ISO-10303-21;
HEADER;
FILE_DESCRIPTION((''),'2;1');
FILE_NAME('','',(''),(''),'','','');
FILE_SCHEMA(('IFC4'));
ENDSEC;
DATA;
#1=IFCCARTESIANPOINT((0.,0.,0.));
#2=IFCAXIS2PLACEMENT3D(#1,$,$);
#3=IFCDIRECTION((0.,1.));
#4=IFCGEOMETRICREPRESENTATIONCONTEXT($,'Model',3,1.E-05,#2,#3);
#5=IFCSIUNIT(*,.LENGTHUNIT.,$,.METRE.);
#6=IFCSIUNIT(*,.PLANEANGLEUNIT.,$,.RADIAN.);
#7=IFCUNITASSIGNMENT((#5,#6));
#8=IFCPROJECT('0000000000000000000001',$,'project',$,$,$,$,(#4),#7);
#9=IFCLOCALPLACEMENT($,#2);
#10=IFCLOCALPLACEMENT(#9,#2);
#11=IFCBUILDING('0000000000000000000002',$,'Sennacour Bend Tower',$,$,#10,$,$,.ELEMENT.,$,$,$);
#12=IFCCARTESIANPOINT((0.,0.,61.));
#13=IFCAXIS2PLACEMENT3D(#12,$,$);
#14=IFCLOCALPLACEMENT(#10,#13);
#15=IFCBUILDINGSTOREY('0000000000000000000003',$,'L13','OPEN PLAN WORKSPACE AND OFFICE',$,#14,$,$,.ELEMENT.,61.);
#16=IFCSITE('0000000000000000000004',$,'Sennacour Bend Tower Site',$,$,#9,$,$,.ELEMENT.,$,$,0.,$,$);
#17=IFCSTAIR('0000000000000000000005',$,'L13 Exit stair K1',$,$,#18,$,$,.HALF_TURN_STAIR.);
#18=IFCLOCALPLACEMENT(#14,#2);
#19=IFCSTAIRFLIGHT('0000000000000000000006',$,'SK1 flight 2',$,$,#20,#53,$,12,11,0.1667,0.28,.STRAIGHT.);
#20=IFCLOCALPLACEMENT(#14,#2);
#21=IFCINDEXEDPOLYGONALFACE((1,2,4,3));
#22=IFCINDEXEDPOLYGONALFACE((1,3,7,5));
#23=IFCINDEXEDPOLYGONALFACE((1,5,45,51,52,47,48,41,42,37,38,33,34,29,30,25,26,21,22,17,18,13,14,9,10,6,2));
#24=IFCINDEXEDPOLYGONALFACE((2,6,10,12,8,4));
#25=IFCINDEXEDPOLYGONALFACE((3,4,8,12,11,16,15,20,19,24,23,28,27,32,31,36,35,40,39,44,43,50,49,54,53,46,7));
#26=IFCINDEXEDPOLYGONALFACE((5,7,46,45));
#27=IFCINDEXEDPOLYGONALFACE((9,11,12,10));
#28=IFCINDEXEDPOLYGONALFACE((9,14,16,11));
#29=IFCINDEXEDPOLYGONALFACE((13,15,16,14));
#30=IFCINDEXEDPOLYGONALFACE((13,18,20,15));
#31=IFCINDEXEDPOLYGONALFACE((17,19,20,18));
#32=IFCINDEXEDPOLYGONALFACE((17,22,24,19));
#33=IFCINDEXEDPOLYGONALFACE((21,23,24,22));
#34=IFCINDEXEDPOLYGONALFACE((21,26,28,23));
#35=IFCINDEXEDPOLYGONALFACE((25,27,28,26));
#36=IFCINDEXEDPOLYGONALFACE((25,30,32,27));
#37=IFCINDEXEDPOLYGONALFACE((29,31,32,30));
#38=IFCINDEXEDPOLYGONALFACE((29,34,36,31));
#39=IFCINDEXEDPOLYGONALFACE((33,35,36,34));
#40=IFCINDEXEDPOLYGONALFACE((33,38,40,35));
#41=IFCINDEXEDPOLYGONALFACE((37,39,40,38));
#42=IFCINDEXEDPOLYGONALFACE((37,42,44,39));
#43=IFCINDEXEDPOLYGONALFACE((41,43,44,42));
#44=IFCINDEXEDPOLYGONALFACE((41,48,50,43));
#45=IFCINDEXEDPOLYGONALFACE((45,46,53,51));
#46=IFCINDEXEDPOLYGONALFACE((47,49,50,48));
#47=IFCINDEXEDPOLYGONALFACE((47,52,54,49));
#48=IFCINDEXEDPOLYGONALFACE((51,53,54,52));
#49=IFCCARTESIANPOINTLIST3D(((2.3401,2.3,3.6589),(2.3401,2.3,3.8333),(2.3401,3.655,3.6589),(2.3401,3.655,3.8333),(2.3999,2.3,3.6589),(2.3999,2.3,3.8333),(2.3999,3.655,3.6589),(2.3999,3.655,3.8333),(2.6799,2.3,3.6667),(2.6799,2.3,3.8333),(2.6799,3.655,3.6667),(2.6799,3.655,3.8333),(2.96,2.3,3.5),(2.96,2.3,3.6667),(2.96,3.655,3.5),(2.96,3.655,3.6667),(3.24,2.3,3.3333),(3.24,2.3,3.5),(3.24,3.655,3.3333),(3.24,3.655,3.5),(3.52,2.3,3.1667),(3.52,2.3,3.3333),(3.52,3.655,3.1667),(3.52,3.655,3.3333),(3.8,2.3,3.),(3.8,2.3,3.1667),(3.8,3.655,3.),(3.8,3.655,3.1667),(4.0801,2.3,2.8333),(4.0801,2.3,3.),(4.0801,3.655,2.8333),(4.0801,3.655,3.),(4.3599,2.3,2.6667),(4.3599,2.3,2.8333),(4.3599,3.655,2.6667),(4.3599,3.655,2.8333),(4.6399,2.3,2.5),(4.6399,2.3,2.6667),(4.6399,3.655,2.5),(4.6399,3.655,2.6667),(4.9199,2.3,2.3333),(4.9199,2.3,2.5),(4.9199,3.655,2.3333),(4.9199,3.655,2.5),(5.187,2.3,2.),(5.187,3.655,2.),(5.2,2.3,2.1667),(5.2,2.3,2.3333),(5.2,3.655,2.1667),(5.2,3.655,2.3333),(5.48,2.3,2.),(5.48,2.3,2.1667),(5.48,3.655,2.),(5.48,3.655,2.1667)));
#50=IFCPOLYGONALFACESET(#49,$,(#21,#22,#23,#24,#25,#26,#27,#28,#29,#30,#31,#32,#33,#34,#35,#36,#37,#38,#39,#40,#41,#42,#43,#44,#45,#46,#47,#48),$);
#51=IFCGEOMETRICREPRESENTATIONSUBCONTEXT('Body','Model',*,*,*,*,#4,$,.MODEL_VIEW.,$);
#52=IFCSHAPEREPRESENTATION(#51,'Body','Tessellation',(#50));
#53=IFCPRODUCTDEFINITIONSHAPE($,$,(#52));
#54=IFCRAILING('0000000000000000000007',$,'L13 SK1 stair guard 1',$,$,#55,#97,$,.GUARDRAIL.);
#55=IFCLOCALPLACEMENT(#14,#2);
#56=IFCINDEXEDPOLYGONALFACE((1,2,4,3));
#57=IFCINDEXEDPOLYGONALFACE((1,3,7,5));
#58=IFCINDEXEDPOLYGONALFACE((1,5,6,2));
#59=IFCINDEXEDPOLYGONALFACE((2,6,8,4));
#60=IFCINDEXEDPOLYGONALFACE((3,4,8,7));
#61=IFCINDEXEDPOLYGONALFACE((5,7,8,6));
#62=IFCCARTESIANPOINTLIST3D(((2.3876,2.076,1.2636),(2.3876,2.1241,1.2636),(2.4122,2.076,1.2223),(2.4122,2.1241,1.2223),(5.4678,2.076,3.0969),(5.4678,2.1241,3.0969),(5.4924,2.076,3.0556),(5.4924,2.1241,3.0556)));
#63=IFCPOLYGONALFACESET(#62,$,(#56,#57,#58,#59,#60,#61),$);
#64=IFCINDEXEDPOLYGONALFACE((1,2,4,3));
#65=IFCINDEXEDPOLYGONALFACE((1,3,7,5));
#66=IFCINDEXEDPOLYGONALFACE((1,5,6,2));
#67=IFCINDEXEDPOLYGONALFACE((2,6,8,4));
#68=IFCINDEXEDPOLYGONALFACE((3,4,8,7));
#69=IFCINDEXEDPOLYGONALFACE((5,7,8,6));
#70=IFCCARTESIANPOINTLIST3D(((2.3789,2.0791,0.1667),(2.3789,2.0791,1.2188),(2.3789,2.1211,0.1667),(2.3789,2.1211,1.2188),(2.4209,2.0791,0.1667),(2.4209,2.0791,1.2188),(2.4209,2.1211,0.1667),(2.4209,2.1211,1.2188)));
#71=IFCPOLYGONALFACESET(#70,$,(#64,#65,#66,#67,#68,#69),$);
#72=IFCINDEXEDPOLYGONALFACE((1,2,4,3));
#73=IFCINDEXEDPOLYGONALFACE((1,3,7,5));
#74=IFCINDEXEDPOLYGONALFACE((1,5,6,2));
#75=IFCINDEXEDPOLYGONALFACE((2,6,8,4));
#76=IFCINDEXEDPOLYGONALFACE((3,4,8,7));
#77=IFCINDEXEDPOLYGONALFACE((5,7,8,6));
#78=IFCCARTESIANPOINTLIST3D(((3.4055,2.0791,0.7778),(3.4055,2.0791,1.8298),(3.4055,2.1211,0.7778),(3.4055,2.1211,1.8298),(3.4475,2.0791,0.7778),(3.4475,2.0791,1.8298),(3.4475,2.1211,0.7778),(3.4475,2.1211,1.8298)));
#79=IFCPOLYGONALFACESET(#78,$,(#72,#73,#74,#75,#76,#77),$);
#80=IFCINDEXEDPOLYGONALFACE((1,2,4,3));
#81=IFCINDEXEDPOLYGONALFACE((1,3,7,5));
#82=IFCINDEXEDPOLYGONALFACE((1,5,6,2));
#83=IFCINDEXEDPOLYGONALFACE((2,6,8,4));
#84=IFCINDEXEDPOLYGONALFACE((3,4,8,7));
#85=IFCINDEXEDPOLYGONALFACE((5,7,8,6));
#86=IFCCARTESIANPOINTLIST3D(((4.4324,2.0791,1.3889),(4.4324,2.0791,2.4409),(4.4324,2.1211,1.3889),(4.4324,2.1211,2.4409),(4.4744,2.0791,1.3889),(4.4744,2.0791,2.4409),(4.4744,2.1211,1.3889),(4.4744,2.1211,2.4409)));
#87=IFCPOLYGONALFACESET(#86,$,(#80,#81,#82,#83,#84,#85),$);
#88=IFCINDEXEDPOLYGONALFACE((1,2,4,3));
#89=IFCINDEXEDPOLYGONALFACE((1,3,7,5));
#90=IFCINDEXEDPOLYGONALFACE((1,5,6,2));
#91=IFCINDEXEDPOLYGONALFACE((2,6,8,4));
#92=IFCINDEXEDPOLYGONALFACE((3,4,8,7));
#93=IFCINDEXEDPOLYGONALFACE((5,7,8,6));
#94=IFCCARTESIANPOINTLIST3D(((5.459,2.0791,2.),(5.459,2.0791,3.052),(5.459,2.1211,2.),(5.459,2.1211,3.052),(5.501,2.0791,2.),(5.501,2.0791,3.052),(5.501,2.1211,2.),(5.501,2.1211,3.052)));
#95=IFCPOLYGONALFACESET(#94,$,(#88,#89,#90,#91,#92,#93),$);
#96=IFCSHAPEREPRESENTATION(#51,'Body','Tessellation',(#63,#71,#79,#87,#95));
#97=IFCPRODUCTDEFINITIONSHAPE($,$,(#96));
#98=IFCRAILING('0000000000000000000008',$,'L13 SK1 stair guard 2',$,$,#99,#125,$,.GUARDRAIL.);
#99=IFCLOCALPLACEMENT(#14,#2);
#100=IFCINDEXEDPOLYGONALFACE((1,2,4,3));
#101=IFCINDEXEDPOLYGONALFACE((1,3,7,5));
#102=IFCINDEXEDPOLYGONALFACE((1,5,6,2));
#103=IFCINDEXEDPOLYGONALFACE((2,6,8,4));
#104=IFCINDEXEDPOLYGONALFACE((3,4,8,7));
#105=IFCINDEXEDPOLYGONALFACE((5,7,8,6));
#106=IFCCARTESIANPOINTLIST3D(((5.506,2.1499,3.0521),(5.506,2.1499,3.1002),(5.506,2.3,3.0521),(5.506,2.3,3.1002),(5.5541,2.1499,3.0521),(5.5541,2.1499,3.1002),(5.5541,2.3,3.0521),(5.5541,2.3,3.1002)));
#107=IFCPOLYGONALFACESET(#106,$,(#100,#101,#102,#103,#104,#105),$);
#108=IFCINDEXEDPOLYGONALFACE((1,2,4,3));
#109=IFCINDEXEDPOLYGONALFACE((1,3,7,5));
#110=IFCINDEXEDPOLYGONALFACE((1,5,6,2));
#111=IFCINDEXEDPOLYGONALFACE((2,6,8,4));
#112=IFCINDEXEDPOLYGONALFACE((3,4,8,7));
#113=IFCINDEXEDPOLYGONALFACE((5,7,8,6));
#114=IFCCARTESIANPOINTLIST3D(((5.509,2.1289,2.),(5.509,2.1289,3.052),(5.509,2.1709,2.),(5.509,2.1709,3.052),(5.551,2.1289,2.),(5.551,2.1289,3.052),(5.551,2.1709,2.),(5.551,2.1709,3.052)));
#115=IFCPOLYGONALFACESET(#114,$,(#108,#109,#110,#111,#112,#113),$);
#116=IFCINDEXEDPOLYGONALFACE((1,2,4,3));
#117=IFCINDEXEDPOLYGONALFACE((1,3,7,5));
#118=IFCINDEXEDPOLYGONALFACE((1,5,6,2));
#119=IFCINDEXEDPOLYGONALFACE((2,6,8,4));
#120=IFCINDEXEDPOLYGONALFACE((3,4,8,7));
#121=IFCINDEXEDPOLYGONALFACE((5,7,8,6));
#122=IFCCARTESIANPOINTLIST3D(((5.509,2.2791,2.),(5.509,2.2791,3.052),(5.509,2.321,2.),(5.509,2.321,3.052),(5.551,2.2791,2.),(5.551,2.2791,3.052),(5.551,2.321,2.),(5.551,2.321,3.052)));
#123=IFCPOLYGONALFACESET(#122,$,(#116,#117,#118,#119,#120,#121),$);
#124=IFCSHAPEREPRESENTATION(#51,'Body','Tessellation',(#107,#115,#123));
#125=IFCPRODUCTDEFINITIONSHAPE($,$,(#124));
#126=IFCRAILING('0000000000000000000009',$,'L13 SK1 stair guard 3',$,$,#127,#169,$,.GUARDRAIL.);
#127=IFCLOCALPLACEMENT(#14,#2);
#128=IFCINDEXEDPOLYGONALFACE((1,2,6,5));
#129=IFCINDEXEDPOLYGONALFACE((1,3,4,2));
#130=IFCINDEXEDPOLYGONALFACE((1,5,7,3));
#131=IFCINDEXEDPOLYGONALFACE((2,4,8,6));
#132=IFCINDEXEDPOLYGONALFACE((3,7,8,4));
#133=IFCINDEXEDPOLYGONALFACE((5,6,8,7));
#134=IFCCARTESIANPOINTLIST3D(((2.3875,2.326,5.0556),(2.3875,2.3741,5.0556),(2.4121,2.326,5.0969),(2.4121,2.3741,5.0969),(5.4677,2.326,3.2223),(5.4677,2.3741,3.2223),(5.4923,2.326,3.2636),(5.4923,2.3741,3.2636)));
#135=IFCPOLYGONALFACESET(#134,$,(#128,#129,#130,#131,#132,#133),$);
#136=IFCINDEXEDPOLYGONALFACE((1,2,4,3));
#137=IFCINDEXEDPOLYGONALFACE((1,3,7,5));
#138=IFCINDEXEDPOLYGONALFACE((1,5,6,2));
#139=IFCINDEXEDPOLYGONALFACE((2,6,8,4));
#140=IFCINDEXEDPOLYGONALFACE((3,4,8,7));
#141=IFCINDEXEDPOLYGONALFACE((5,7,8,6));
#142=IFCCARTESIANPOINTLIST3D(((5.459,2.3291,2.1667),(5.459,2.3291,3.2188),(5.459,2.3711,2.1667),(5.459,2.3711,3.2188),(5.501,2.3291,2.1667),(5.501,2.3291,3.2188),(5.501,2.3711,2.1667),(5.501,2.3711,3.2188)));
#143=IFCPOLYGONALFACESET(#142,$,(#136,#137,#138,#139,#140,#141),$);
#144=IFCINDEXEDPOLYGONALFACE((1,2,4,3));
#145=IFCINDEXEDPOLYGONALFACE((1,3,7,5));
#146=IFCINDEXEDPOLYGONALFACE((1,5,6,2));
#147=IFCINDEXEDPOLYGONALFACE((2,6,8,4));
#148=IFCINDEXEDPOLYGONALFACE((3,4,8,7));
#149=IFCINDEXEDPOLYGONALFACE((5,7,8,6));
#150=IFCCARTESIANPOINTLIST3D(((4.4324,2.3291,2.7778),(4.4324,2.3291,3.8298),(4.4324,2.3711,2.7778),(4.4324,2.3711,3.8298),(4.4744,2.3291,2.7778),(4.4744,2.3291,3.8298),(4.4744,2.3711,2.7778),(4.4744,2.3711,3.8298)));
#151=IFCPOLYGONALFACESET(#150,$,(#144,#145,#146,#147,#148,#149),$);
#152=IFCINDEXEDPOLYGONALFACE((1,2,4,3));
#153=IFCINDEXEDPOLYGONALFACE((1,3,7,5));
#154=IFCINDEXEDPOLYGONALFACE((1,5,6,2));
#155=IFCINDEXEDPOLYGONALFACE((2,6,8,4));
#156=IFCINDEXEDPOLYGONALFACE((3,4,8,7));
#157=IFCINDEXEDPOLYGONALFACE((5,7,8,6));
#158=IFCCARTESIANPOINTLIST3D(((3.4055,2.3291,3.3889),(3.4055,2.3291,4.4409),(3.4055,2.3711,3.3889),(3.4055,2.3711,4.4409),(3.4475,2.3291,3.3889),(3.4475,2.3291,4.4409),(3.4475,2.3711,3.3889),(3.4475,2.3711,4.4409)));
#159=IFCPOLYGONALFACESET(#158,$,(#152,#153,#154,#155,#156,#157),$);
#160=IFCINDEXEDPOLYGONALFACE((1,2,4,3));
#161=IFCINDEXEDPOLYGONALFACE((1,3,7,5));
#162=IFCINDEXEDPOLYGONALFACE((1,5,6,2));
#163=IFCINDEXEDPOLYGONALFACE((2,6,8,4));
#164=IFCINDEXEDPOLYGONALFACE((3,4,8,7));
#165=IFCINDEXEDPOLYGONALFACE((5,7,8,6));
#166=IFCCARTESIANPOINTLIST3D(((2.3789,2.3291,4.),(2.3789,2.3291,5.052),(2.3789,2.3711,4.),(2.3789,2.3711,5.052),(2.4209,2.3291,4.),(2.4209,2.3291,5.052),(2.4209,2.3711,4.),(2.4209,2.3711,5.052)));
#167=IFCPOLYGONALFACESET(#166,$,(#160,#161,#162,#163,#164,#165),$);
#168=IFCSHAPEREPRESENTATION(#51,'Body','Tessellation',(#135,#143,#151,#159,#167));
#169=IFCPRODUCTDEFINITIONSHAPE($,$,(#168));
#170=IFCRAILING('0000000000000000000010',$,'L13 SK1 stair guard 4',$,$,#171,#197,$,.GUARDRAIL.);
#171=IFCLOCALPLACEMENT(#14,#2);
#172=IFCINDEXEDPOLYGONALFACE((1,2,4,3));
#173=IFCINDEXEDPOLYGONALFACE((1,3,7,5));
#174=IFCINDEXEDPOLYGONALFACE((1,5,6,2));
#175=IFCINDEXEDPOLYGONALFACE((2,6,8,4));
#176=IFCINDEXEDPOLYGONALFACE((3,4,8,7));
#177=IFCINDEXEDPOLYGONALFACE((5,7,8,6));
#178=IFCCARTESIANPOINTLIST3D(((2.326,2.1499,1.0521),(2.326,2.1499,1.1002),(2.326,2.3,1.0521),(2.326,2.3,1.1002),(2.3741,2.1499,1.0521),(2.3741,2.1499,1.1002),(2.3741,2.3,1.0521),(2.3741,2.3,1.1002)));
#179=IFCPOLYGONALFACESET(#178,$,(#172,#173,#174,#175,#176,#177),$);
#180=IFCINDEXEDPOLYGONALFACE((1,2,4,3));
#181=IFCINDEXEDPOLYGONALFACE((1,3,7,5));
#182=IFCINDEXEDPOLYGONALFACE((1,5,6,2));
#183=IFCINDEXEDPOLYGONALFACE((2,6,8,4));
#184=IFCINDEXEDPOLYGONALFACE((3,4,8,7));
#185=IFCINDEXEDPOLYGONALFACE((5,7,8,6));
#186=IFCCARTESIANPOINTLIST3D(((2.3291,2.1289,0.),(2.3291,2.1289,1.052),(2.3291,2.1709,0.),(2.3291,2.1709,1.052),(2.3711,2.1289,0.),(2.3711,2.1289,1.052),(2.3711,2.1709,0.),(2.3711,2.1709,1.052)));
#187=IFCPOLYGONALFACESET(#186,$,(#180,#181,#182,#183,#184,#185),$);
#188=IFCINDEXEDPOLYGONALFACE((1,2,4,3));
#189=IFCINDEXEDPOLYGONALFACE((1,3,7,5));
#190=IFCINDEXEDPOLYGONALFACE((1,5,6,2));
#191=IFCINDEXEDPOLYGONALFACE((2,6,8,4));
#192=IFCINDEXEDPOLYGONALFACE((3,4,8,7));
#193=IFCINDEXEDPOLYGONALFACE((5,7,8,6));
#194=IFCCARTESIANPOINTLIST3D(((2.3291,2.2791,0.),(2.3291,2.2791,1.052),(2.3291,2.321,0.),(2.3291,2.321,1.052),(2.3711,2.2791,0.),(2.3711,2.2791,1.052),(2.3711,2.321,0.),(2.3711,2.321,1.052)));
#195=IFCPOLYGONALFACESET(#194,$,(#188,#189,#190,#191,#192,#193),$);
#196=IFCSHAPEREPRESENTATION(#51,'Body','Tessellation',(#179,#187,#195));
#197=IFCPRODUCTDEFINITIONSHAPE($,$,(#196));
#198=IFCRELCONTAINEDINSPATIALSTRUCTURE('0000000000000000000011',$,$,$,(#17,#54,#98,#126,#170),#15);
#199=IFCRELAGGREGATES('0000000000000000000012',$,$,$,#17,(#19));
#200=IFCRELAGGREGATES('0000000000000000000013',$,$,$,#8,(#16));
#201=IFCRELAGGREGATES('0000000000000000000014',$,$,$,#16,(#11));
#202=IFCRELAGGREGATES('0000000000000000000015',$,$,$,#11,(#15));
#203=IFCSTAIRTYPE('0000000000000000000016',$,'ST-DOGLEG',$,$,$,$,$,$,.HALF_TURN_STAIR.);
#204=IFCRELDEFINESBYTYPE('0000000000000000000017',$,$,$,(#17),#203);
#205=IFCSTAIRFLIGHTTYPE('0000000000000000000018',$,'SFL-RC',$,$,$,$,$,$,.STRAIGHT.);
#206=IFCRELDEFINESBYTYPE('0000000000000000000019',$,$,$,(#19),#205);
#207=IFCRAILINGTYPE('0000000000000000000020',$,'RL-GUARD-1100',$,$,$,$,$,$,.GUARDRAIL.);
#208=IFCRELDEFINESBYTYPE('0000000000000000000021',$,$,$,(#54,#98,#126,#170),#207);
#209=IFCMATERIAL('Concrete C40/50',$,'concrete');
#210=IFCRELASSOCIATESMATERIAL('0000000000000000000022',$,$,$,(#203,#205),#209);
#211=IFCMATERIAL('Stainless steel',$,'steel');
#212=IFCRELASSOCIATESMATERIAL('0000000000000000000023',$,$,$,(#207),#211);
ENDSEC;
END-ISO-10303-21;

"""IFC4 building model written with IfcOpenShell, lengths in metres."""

from ifc_helpers import new_model, si_unit, direction, frame, origin, origin_2d, place, context, subcontext, project, spatial, polyline, rectangle, outline, extrude, material, type_object, element, aggregate, save


model = new_model("IFC4")

# Units and contexts
model_context = context("Model", 3, precision=1e-05, world=origin(), true_north=direction((0.0, 1.0)))
body_context = subcontext(model_context, "Body", "Model", "MODEL_VIEW")
ifc_project = project(units=[si_unit("LENGTHUNIT", "METRE"), si_unit("PLANEANGLEUNIT", "RADIAN")], contexts=[model_context])

# Site, building, storey
site_placement = place(None, origin())
site = spatial("IfcSite", under=ifc_project, at=site_placement, Name="Sennacour Bend Tower Site", CompositionType="ELEMENT", RefElevation=0.0)
building_placement = place(site_placement, origin())
building = spatial("IfcBuilding", under=site, at=building_placement, Name="Sennacour Bend Tower", CompositionType="ELEMENT")
storey_placement = place(building_placement, frame((0.0, 0.0, 61.0)))
storey = spatial("IfcBuildingStorey", under=building, at=storey_placement, Name="L13", Description="OPEN PLAN WORKSPACE AND OFFICE", CompositionType="ELEMENT", Elevation=61.0)

# Stair, stair flight
ifc_material_1 = material(Name="Concrete C40/50", Category="concrete")
stair_type = type_object("IfcStairType", Name="ST-DOGLEG", PredefinedType="HALF_TURN_STAIR", material=ifc_material_1)
stair_placement = place(storey_placement, origin())
stair = element("IfcStair", 1, at=stair_placement, inside=storey, type_object=stair_type, Name="L13 Exit stair K1", PredefinedType="HALF_TURN_STAIR")
stair_flight_type = type_object("IfcStairFlightType", Name="SFL-RC", PredefinedType="STRAIGHT", material=ifc_material_1)
stair_flight_1_placement = place(storey_placement, frame((5.48, 2.9775, 2.0), z_axis=(0.0, 0.0, 1.0), x_axis=(-1.0, 0.0, 0.0)))
stair_flight_1 = element("IfcStairFlight", 2, at=stair_flight_1_placement, type_object=stair_flight_type, Name="SK1 flight 2", NumberOfRisers=12, NumberOfTreads=11, PredefinedType="STRAIGHT", RiserHeight=0.1667, TreadLength=0.28, context=body_context, shape_type="SweptSolid", body=[
    extrude(outline(polyline([(0.0, 0.0), (0.0, 0.1667), (0.28, 0.1667), (0.28, 0.3333), (0.5601, 0.3333), (0.5601, 0.5), (0.8401, 0.5), (0.8401, 0.6667), (1.1201, 0.6667), (1.1201, 0.8333), (1.3999, 0.8333), (1.3999, 1.0), (1.6799, 1.0), (1.6799, 1.1667), (1.96, 1.1667), (1.96, 1.3333), (2.24, 1.3333), (2.24, 1.5), (2.52, 1.5), (2.52, 1.6667), (2.8, 1.6667), (2.8, 1.8333), (3.0801, 1.8333), (3.1399, 1.8333), (3.1399, 1.6589), (3.0801, 1.6589), (0.293, 0.0), (0.0, 0.0)])), frame((0.0, 0.6775, 0.0), z_axis=(0.0, -1.0, 0.0), x_axis=(1.0, 0.0, 0.0)), (0.0, 0.0, 1.0), 1.355),
])
aggregate(stair, [stair_flight_1])

# Railings
ifc_material_2 = material(Name="Stainless steel", Category="steel")
railing_type_1 = type_object("IfcRailingType", Name="RL-GUARD-1100", PredefinedType="GUARDRAIL", material=ifc_material_2)
railing_1_placement = place(storey_placement, frame((2.3999, 2.1001, 0.1667)))
element("IfcRailing", 3, at=railing_1_placement, inside=storey, type_object=railing_type_1, Name="L13 SK1 stair guard 1", PredefinedType="GUARDRAIL", context=body_context, shape_type="SweptSolid", body=[
    extrude(rectangle(XDim=0.0481, YDim=0.0481, at=origin_2d()), frame((0.0, 0.0, 1.0762), z_axis=(0.859309, 0.0, 0.511458), x_axis=(0.0, 1.0, 0.0)), (0.0, 0.0, 1.0), 3.5845),
    extrude(rectangle(XDim=0.042, YDim=0.042, at=origin_2d()), origin(), (0.0, 0.0, 1.0), 1.052),
    extrude(rectangle(XDim=0.042, YDim=0.042, at=origin_2d()), frame((1.0266, 0.0, 0.6111)), (0.0, 0.0, 1.0), 1.052),
    extrude(rectangle(XDim=0.042, YDim=0.042, at=origin_2d()), frame((2.0535, 0.0, 1.2222)), (0.0, 0.0, 1.0), 1.052),
    extrude(rectangle(XDim=0.042, YDim=0.042, at=origin_2d()), frame((3.0801, 0.0, 1.8333)), (0.0, 0.0, 1.0), 1.052),
])
railing_2_placement = place(storey_placement, frame((5.53, 2.1499, 2.0)))
element("IfcRailing", 4, at=railing_2_placement, inside=storey, type_object=railing_type_1, Name="L13 SK1 stair guard 2", PredefinedType="GUARDRAIL", context=body_context, shape_type="SweptSolid", body=[
    extrude(rectangle(XDim=0.0481, YDim=0.0481, at=origin_2d()), frame((0.0, 0.0, 1.0762), z_axis=(0.0, 1.0, 0.0), x_axis=(-1.0, 0.0, 0.0)), (0.0, 0.0, 1.0), 0.1501),
    extrude(rectangle(XDim=0.042, YDim=0.042, at=origin_2d()), origin(), (0.0, 0.0, 1.0), 1.052),
    extrude(rectangle(XDim=0.042, YDim=0.042, at=origin_2d()), frame((0.0, 0.1501, 0.0)), (0.0, 0.0, 1.0), 1.052),
])
railing_3_placement = place(storey_placement, frame((5.48, 2.3501, 2.1667)))
element("IfcRailing", 5, at=railing_3_placement, inside=storey, type_object=railing_type_1, Name="L13 SK1 stair guard 3", PredefinedType="GUARDRAIL", context=body_context, shape_type="SweptSolid", body=[
    extrude(rectangle(XDim=0.0481, YDim=0.0481, at=origin_2d()), frame((0.0, 0.0, 1.0762), z_axis=(-0.859309, 0.0, 0.511458), x_axis=(0.0, -1.0, 0.0)), (0.0, 0.0, 1.0), 3.5845),
    extrude(rectangle(XDim=0.042, YDim=0.042, at=origin_2d()), origin(), (0.0, 0.0, 1.0), 1.052),
    extrude(rectangle(XDim=0.042, YDim=0.042, at=origin_2d()), frame((-1.0266, 0.0, 0.6111)), (0.0, 0.0, 1.0), 1.052),
    extrude(rectangle(XDim=0.042, YDim=0.042, at=origin_2d()), frame((-2.0535, 0.0, 1.2222)), (0.0, 0.0, 1.0), 1.052),
    extrude(rectangle(XDim=0.042, YDim=0.042, at=origin_2d()), frame((-3.0801, 0.0, 1.8333)), (0.0, 0.0, 1.0), 1.052),
])
railing_4_placement = place(storey_placement, frame((2.3501, 2.1499, 0.0)))
element("IfcRailing", 6, at=railing_4_placement, inside=storey, type_object=railing_type_1, Name="L13 SK1 stair guard 4", PredefinedType="GUARDRAIL", context=body_context, shape_type="SweptSolid", body=[
    extrude(rectangle(XDim=0.0481, YDim=0.0481, at=origin_2d()), frame((0.0, 0.0, 1.0762), z_axis=(0.0, 1.0, 0.0), x_axis=(-1.0, 0.0, 0.0)), (0.0, 0.0, 1.0), 0.1501),
    extrude(rectangle(XDim=0.042, YDim=0.042, at=origin_2d()), origin(), (0.0, 0.0, 1.0), 1.052),
    extrude(rectangle(XDim=0.042, YDim=0.042, at=origin_2d()), frame((0.0, 0.1501, 0.0)), (0.0, 0.0, 1.0), 1.052),
])

save(model, "model.ifc")
